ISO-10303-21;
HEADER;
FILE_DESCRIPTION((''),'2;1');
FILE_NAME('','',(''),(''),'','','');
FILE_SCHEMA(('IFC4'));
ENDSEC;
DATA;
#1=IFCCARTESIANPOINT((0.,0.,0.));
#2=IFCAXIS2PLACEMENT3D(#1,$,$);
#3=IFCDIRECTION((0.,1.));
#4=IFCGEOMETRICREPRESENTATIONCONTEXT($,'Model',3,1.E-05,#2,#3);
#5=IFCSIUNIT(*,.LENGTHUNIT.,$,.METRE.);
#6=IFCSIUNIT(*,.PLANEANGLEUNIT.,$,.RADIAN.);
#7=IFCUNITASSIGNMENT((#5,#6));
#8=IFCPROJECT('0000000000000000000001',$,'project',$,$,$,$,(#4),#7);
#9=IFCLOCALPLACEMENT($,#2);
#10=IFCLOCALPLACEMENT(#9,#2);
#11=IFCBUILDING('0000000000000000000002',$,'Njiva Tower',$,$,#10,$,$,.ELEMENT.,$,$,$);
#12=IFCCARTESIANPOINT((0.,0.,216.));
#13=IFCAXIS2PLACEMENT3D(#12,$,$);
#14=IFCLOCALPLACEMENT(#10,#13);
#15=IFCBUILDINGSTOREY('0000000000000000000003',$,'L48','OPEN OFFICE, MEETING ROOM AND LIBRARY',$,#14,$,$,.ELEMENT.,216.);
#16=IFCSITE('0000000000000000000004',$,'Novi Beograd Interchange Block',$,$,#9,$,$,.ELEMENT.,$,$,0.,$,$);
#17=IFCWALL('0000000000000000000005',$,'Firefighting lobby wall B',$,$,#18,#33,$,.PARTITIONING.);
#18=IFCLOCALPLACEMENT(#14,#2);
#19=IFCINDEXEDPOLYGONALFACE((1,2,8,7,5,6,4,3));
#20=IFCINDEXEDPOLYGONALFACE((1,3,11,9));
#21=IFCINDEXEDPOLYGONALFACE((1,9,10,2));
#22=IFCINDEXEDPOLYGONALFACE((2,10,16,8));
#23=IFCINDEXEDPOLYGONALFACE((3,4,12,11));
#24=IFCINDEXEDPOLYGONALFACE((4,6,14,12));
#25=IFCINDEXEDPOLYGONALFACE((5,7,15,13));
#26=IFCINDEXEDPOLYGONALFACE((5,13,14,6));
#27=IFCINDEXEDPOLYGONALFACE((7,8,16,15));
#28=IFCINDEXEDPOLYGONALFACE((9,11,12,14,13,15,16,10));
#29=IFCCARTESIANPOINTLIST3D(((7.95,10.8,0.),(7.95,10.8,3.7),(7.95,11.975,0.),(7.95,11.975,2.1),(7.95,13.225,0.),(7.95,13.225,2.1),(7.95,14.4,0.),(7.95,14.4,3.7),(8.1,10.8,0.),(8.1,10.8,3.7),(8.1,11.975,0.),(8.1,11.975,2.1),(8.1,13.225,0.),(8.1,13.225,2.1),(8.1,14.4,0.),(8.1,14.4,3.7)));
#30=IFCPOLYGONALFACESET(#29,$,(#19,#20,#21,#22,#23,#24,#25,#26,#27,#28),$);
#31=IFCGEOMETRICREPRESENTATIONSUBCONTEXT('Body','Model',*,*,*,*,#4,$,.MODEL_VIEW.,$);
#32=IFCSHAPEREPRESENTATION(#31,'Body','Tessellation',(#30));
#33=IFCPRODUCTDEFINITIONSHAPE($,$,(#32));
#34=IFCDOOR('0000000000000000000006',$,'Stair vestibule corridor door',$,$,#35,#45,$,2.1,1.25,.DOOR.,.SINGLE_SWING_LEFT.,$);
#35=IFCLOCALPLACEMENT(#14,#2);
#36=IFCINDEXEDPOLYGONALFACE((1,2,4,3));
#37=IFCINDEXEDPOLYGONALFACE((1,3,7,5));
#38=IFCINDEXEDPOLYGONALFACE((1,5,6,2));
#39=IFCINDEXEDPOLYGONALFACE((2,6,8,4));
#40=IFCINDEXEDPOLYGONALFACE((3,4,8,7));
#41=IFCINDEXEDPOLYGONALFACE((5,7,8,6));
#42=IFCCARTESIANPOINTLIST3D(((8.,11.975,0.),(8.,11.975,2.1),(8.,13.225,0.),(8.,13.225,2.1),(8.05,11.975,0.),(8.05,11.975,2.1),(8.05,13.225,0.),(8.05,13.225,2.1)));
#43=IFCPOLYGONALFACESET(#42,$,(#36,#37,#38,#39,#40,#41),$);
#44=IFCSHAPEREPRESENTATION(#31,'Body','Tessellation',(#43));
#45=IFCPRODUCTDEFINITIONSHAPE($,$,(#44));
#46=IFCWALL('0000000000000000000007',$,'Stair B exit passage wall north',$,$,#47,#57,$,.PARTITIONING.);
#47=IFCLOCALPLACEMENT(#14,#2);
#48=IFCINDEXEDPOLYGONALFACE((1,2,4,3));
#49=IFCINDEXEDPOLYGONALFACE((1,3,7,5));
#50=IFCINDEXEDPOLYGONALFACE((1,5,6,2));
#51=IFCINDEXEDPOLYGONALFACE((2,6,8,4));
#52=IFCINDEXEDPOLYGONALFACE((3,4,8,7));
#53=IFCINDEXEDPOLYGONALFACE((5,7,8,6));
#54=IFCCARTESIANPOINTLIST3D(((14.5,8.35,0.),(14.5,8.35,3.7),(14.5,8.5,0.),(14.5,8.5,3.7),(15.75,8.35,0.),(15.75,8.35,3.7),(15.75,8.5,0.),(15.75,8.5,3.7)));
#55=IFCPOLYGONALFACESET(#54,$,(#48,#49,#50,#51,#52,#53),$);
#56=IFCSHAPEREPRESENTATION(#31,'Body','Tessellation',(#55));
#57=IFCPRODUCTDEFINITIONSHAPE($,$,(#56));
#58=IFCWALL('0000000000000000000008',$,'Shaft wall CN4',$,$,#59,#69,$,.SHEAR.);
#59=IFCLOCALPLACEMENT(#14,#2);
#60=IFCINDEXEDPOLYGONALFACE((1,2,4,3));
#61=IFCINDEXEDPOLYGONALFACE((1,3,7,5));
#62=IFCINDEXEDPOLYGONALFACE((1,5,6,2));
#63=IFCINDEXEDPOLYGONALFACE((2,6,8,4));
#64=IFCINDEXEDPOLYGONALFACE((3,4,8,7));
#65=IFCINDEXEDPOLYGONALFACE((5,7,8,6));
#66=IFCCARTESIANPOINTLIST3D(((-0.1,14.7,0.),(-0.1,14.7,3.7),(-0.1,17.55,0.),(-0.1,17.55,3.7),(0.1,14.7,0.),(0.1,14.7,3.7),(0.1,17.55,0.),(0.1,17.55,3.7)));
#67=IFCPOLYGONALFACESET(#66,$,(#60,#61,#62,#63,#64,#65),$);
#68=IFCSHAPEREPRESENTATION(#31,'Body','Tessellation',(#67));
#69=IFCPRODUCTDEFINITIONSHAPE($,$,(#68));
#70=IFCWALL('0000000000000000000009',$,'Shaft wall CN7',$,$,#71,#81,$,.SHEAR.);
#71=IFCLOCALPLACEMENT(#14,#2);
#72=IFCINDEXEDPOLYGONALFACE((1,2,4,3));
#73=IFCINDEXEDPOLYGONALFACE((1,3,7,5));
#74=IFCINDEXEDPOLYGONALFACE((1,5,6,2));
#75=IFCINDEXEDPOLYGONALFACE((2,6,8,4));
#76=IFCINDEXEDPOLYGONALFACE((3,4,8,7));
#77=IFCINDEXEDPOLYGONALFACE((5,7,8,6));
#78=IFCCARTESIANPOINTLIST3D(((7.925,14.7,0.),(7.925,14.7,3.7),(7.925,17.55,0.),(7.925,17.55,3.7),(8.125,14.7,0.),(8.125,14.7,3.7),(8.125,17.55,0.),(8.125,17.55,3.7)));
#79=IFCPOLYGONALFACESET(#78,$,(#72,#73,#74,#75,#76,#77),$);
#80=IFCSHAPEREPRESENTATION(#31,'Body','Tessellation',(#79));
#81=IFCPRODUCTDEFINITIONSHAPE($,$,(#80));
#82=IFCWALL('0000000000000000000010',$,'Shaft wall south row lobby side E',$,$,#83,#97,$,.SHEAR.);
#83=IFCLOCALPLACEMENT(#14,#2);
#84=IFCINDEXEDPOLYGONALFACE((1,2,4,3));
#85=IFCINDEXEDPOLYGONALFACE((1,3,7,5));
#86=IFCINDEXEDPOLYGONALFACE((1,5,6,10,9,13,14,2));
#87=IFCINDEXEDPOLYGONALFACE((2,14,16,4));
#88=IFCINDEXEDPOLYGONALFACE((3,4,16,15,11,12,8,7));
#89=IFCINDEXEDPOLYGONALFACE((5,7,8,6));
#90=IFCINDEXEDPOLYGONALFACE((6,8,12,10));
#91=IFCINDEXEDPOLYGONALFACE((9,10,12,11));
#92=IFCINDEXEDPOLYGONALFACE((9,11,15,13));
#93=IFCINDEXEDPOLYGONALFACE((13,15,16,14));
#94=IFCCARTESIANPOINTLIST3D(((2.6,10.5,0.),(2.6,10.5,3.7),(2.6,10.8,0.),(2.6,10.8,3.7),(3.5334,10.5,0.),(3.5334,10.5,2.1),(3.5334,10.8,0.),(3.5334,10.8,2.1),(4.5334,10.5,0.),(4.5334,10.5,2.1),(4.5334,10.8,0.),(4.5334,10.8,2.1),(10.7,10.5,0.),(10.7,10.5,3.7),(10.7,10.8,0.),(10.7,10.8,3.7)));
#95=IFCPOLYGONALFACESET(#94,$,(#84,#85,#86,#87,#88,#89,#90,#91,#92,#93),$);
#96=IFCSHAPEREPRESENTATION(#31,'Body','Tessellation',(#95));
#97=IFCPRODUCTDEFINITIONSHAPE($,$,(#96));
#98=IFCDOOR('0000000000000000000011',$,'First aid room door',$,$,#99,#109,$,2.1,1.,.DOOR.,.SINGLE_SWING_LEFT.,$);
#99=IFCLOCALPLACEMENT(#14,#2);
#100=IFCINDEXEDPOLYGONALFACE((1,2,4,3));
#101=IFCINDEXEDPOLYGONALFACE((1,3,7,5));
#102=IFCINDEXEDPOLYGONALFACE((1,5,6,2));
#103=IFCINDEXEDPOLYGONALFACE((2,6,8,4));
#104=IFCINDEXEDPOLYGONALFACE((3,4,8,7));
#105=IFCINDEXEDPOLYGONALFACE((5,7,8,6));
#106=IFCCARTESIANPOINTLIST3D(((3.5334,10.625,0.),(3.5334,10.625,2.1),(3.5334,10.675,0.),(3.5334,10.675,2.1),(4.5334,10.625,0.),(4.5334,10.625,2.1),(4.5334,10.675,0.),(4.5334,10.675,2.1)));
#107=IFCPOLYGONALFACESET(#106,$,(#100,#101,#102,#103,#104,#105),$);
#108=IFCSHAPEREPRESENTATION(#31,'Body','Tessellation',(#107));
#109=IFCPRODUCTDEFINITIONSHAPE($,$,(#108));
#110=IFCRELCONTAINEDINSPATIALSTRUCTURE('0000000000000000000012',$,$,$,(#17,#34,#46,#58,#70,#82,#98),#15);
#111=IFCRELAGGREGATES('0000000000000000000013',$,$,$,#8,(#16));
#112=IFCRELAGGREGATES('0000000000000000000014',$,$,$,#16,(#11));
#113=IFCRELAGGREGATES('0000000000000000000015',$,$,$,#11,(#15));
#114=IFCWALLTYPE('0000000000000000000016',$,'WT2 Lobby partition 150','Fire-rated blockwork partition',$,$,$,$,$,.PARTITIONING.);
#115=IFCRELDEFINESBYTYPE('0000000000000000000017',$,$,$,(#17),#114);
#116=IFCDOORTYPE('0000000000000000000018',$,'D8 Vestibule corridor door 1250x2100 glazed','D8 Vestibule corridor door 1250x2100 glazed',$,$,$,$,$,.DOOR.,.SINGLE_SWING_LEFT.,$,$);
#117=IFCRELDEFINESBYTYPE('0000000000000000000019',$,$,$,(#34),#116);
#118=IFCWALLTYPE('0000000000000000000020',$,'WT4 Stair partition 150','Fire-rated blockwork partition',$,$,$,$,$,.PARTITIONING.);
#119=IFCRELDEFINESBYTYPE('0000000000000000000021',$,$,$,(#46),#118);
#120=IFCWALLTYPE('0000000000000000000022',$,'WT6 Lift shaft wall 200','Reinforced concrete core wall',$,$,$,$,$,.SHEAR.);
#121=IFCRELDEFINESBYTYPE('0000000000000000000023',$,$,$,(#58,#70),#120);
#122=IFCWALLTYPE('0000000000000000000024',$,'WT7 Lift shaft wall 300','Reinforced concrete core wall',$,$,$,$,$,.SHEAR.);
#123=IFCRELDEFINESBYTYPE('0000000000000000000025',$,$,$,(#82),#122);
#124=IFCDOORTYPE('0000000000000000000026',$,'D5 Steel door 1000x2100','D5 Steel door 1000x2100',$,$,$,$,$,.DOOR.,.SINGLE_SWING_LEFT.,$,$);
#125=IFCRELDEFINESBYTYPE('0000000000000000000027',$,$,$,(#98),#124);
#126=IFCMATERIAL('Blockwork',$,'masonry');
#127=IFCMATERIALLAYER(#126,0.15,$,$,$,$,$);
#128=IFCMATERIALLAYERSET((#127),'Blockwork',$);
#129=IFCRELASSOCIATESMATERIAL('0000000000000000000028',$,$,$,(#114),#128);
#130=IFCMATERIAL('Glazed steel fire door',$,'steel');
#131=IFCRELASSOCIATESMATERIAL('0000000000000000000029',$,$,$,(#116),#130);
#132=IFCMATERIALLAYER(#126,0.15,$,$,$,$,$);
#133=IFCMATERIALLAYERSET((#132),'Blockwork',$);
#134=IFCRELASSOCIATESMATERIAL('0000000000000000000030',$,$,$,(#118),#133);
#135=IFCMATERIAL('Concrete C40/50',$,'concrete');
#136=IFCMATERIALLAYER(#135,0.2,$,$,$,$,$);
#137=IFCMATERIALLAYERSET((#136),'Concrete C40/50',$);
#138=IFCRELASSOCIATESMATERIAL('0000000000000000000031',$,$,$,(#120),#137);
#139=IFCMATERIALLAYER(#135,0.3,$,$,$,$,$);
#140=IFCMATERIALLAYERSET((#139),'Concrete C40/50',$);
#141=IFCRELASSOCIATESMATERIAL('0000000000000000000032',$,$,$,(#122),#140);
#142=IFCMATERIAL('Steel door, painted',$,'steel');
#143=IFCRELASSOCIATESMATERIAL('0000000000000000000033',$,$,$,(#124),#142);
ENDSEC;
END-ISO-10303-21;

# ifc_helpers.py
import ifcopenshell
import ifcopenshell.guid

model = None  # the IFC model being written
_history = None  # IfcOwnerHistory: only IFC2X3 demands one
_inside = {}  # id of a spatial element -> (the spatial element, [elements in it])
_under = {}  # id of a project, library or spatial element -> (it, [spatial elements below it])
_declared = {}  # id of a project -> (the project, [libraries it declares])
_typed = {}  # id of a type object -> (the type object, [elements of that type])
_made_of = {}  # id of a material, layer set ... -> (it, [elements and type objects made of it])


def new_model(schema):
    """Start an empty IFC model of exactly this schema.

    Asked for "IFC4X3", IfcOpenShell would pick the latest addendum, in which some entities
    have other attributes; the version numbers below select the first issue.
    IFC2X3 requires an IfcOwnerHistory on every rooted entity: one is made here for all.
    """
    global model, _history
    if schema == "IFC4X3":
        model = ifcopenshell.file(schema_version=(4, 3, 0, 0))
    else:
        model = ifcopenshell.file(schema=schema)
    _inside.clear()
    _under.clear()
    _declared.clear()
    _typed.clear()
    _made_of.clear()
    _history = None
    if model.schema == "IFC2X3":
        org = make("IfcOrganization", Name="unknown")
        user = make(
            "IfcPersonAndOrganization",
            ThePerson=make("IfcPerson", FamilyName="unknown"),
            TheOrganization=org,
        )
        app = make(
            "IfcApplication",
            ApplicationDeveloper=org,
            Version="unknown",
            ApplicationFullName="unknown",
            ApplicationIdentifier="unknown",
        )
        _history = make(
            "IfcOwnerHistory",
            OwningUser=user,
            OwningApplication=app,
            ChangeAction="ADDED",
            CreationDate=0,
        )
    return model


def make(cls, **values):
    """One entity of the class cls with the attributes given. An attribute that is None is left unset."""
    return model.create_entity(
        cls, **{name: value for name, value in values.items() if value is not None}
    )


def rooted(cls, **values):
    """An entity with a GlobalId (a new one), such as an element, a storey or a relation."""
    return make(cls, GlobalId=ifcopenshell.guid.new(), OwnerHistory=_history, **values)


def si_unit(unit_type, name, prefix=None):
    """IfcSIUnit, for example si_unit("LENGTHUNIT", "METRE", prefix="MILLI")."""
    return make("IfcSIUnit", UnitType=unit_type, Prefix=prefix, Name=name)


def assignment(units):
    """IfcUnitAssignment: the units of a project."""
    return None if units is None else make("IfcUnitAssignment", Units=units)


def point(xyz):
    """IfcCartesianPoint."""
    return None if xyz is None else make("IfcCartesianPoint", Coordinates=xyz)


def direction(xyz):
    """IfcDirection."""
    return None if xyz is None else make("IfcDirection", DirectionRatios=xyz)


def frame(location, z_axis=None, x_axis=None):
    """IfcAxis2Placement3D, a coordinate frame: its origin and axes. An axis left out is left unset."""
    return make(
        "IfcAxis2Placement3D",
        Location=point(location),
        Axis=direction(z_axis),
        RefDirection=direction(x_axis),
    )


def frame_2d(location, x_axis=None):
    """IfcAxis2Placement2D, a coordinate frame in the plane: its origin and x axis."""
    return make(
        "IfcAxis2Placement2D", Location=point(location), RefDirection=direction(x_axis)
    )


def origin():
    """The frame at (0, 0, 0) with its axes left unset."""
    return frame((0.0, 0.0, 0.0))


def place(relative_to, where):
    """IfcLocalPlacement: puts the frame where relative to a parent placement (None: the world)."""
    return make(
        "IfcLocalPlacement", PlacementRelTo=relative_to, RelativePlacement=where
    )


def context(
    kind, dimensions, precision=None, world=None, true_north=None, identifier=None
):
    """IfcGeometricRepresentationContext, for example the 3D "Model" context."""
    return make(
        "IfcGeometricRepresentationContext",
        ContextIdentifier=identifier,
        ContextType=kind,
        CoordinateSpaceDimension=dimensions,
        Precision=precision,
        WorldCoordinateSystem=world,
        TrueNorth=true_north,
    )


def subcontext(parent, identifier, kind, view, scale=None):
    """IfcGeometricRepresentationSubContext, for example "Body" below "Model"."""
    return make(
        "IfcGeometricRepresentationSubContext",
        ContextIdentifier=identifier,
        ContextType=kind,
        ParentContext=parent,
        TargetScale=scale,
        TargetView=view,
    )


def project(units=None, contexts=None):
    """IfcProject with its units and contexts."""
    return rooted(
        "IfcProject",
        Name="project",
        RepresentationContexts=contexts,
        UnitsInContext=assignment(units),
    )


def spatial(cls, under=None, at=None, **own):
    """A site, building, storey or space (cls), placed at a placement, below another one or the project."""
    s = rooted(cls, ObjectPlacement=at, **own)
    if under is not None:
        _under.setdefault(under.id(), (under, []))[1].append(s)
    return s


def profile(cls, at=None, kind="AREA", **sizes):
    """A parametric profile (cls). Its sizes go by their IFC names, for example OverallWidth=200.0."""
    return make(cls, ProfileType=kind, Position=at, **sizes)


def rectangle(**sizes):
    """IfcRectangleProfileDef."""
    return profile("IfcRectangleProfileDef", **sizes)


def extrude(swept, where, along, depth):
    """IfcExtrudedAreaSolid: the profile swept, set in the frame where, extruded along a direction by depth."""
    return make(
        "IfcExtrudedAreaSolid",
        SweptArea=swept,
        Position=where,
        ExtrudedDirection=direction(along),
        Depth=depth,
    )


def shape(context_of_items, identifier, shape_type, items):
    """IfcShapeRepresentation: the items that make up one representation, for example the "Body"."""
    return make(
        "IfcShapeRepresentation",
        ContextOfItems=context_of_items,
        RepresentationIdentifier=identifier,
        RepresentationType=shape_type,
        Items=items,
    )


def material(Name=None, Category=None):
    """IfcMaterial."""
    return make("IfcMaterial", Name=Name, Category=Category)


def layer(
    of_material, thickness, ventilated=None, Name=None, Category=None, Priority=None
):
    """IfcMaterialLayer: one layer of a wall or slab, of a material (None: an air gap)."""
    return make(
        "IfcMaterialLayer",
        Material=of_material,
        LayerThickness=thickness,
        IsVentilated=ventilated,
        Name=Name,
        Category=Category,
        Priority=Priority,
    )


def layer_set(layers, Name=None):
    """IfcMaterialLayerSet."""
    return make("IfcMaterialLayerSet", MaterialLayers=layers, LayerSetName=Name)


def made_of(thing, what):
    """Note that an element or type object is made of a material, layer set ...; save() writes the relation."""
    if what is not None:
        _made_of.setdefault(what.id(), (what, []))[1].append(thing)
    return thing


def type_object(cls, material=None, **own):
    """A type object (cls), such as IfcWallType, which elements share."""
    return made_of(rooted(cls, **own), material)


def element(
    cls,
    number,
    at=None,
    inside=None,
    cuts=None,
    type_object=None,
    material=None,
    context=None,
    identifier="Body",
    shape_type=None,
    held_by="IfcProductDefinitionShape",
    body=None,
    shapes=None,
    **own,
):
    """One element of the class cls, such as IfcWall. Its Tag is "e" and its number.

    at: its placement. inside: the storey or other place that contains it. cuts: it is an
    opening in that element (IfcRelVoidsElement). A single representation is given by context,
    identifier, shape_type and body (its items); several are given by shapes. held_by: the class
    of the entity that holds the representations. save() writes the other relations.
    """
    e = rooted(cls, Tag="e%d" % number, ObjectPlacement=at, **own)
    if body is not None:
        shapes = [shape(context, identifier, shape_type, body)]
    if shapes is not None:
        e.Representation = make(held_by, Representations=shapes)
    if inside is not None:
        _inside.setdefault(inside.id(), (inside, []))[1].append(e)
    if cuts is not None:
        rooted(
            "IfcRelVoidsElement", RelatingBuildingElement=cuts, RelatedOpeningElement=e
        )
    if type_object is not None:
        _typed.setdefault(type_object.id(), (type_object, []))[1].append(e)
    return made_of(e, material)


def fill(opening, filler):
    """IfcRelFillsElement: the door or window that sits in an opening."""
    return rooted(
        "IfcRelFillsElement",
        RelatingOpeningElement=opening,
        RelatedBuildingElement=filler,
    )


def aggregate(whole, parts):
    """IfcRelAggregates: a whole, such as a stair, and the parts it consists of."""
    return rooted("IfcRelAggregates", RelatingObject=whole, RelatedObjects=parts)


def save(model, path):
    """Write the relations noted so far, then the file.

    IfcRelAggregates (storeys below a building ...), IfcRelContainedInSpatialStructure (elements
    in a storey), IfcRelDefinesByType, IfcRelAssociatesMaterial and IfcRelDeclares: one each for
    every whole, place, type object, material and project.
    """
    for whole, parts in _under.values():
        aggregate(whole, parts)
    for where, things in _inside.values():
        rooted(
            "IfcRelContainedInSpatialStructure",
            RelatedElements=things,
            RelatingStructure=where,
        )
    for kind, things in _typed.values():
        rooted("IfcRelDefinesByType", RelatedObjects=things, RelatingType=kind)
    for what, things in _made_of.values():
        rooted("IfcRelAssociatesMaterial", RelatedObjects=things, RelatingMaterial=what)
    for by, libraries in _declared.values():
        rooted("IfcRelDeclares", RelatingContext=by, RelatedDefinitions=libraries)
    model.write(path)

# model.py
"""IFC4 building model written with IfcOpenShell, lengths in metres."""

from ifc_helpers import new_model, si_unit, direction, frame, frame_2d, origin, place, context, subcontext, project, spatial, rectangle, extrude, material, layer, layer_set, type_object, element, fill, save


model = new_model("IFC4")

# Units and contexts
model_context = context("Model", 3, precision=1e-05, world=origin(), true_north=direction((0.0, 1.0)))
body_context = subcontext(model_context, "Body", "Model", "MODEL_VIEW")
ifc_project = project(units=[si_unit("LENGTHUNIT", "METRE"), si_unit("PLANEANGLEUNIT", "RADIAN")], contexts=[model_context])

# Site, building, storey
site_placement = place(None, origin())
site = spatial("IfcSite", under=ifc_project, at=site_placement, Name="Novi Beograd Interchange Block", CompositionType="ELEMENT", RefElevation=0.0)
building_placement = place(site_placement, origin())
building = spatial("IfcBuilding", under=site, at=building_placement, Name="Njiva Tower", CompositionType="ELEMENT")
storey_placement = place(building_placement, frame((0.0, 0.0, 216.0)))
storey = spatial("IfcBuildingStorey", under=building, at=storey_placement, Name="L48", Description="OPEN OFFICE, MEETING ROOM AND LIBRARY", CompositionType="ELEMENT", Elevation=216.0)

# Shared definitions
ifc_material_1 = material(Name="Blockwork", Category="masonry")

# Wall, opening, door
ifc_material_2 = material(Name="Concrete C40/50", Category="concrete")
ifc_material_3 = material(Name="Glazed steel fire door", Category="steel")
ifc_layer_1 = layer(ifc_material_1, 0.15)
ifc_layer_set_1 = layer_set([ifc_layer_1], Name="Blockwork")
wall_type_1 = type_object("IfcWallType", Name="WT2 Lobby partition 150", Description="Fire-rated blockwork partition", PredefinedType="PARTITIONING", material=ifc_layer_set_1)
wall_1_placement = place(storey_placement, frame((8.025, 10.8, 0.0), z_axis=(0.0, 0.0, 1.0), x_axis=(0.0, 1.0, 0.0)))
wall_1 = element("IfcWall", 1, at=wall_1_placement, inside=storey, type_object=wall_type_1, Name="Firefighting lobby wall B", PredefinedType="PARTITIONING", context=body_context, shape_type="SweptSolid", body=[
    extrude(rectangle(XDim=3.6, YDim=0.15, at=frame_2d((1.8, 0.0))), origin(), (0.0, 0.0, 1.0), 3.7),
])
opening_1_placement = place(wall_1_placement, frame((1.175, 0.0, 0.0)))
opening_1 = element("IfcOpeningElement", 2, at=opening_1_placement, cuts=wall_1, PredefinedType="OPENING", context=body_context, shape_type="SweptSolid", body=[
    extrude(rectangle(XDim=1.25, YDim=2.1, at=frame_2d((0.625, 1.05))), frame((0.0, 0.085, 0.0), z_axis=(0.0, -1.0, 0.0), x_axis=(1.0, 0.0, 0.0)), (0.0, 0.0, 1.0), 0.17),
])
door_type_1 = type_object("IfcDoorType", Name="D8 Vestibule corridor door 1250x2100 glazed", Description="D8 Vestibule corridor door 1250x2100 glazed", OperationType="SINGLE_SWING_LEFT", PredefinedType="DOOR", material=ifc_material_3)
door_1_placement = place(opening_1_placement, origin())
door_1 = element("IfcDoor", 3, at=door_1_placement, inside=storey, type_object=door_type_1, Name="Stair vestibule corridor door", OperationType="SINGLE_SWING_LEFT", OverallHeight=2.1, OverallWidth=1.25, PredefinedType="DOOR", context=body_context, shape_type="SweptSolid", body=[
    extrude(rectangle(XDim=1.25, YDim=2.1, at=frame_2d((0.625, 1.05))), frame((0.0, 0.025, 0.0), z_axis=(0.0, -1.0, 0.0), x_axis=(1.0, 0.0, 0.0)), (0.0, 0.0, 1.0), 0.05),
])
fill(opening_1, door_1)

# Walls
ifc_layer_2 = layer(ifc_material_1, 0.15)
ifc_layer_set_2 = layer_set([ifc_layer_2], Name="Blockwork")
wall_type_2 = type_object("IfcWallType", Name="WT4 Stair partition 150", Description="Fire-rated blockwork partition", PredefinedType="PARTITIONING", material=ifc_layer_set_2)
wall_2_placement = place(storey_placement, frame((14.5, 8.425, 0.0), z_axis=(0.0, 0.0, 1.0), x_axis=(1.0, 0.0, 0.0)))
element("IfcWall", 4, at=wall_2_placement, inside=storey, type_object=wall_type_2, Name="Stair B exit passage wall north", PredefinedType="PARTITIONING", context=body_context, shape_type="SweptSolid", body=[
    extrude(rectangle(XDim=1.25, YDim=0.15, at=frame_2d((0.625, 0.0))), origin(), (0.0, 0.0, 1.0), 3.7),
])
ifc_layer_3 = layer(ifc_material_2, 0.2)
ifc_layer_set_3 = layer_set([ifc_layer_3], Name="Concrete C40/50")
wall_type_3 = type_object("IfcWallType", Name="WT6 Lift shaft wall 200", Description="Reinforced concrete core wall", PredefinedType="SHEAR", material=ifc_layer_set_3)
for number, where, z_axis, x_axis, name in (
    (5, (0.0, 14.7, 0.0), (0.0, 0.0, 1.0), (0.0, 1.0, 0.0), "Shaft wall CN4"),
    (6, (8.025, 14.7, 0.0), (0.0, 0.0, 1.0), (0.0, 1.0, 0.0), "Shaft wall CN7"),
):
    element("IfcWall", number, at=place(storey_placement, frame(where, z_axis=z_axis, x_axis=x_axis)), inside=storey, type_object=wall_type_3, Name=name, PredefinedType="SHEAR", context=body_context, shape_type="SweptSolid", body=[
        extrude(rectangle(XDim=2.85, YDim=0.2, at=frame_2d((1.425, 0.0))), origin(), (0.0, 0.0, 1.0), 3.7),
    ])

# Wall, opening, door
ifc_layer_4 = layer(ifc_material_2, 0.3)
ifc_layer_set_4 = layer_set([ifc_layer_4], Name="Concrete C40/50")
wall_type_4 = type_object("IfcWallType", Name="WT7 Lift shaft wall 300", Description="Reinforced concrete core wall", PredefinedType="SHEAR", material=ifc_layer_set_4)
wall_3_placement = place(storey_placement, frame((2.6, 10.65, 0.0), z_axis=(0.0, 0.0, 1.0), x_axis=(1.0, 0.0, 0.0)))
wall_3 = element("IfcWall", 7, at=wall_3_placement, inside=storey, type_object=wall_type_4, Name="Shaft wall south row lobby side E", PredefinedType="SHEAR", context=body_context, shape_type="SweptSolid", body=[
    extrude(rectangle(XDim=8.1, YDim=0.3, at=frame_2d((4.05, 0.0))), origin(), (0.0, 0.0, 1.0), 3.7),
])
opening_2_placement = place(wall_3_placement, frame((0.9334, 0.0, 0.0)))
opening_2 = element("IfcOpeningElement", 8, at=opening_2_placement, cuts=wall_3, PredefinedType="OPENING", context=body_context, shape_type="SweptSolid", body=[
    extrude(rectangle(XDim=1.0, YDim=2.1, at=frame_2d((0.5, 1.05))), frame((0.0, 0.16, 0.0), z_axis=(0.0, -1.0, 0.0), x_axis=(1.0, 0.0, 0.0)), (0.0, 0.0, 1.0), 0.32),
])
ifc_material_4 = material(Name="Steel door, painted", Category="steel")
door_type_2 = type_object("IfcDoorType", Name="D5 Steel door 1000x2100", Description="D5 Steel door 1000x2100", OperationType="SINGLE_SWING_LEFT", PredefinedType="DOOR", material=ifc_material_4)
door_2_placement = place(opening_2_placement, origin())
door_2 = element("IfcDoor", 9, at=door_2_placement, inside=storey, type_object=door_type_2, Name="First aid room door", OperationType="SINGLE_SWING_LEFT", OverallHeight=2.1, OverallWidth=1.0, PredefinedType="DOOR", context=body_context, shape_type="SweptSolid", body=[
    extrude(rectangle(XDim=1.0, YDim=2.1, at=frame_2d((0.5, 1.05))), frame((0.0, 0.025, 0.0), z_axis=(0.0, -1.0, 0.0), x_axis=(1.0, 0.0, 0.0)), (0.0, 0.0, 1.0), 0.05),
])
fill(opening_2, door_2)

save(model, "model.ifc")
